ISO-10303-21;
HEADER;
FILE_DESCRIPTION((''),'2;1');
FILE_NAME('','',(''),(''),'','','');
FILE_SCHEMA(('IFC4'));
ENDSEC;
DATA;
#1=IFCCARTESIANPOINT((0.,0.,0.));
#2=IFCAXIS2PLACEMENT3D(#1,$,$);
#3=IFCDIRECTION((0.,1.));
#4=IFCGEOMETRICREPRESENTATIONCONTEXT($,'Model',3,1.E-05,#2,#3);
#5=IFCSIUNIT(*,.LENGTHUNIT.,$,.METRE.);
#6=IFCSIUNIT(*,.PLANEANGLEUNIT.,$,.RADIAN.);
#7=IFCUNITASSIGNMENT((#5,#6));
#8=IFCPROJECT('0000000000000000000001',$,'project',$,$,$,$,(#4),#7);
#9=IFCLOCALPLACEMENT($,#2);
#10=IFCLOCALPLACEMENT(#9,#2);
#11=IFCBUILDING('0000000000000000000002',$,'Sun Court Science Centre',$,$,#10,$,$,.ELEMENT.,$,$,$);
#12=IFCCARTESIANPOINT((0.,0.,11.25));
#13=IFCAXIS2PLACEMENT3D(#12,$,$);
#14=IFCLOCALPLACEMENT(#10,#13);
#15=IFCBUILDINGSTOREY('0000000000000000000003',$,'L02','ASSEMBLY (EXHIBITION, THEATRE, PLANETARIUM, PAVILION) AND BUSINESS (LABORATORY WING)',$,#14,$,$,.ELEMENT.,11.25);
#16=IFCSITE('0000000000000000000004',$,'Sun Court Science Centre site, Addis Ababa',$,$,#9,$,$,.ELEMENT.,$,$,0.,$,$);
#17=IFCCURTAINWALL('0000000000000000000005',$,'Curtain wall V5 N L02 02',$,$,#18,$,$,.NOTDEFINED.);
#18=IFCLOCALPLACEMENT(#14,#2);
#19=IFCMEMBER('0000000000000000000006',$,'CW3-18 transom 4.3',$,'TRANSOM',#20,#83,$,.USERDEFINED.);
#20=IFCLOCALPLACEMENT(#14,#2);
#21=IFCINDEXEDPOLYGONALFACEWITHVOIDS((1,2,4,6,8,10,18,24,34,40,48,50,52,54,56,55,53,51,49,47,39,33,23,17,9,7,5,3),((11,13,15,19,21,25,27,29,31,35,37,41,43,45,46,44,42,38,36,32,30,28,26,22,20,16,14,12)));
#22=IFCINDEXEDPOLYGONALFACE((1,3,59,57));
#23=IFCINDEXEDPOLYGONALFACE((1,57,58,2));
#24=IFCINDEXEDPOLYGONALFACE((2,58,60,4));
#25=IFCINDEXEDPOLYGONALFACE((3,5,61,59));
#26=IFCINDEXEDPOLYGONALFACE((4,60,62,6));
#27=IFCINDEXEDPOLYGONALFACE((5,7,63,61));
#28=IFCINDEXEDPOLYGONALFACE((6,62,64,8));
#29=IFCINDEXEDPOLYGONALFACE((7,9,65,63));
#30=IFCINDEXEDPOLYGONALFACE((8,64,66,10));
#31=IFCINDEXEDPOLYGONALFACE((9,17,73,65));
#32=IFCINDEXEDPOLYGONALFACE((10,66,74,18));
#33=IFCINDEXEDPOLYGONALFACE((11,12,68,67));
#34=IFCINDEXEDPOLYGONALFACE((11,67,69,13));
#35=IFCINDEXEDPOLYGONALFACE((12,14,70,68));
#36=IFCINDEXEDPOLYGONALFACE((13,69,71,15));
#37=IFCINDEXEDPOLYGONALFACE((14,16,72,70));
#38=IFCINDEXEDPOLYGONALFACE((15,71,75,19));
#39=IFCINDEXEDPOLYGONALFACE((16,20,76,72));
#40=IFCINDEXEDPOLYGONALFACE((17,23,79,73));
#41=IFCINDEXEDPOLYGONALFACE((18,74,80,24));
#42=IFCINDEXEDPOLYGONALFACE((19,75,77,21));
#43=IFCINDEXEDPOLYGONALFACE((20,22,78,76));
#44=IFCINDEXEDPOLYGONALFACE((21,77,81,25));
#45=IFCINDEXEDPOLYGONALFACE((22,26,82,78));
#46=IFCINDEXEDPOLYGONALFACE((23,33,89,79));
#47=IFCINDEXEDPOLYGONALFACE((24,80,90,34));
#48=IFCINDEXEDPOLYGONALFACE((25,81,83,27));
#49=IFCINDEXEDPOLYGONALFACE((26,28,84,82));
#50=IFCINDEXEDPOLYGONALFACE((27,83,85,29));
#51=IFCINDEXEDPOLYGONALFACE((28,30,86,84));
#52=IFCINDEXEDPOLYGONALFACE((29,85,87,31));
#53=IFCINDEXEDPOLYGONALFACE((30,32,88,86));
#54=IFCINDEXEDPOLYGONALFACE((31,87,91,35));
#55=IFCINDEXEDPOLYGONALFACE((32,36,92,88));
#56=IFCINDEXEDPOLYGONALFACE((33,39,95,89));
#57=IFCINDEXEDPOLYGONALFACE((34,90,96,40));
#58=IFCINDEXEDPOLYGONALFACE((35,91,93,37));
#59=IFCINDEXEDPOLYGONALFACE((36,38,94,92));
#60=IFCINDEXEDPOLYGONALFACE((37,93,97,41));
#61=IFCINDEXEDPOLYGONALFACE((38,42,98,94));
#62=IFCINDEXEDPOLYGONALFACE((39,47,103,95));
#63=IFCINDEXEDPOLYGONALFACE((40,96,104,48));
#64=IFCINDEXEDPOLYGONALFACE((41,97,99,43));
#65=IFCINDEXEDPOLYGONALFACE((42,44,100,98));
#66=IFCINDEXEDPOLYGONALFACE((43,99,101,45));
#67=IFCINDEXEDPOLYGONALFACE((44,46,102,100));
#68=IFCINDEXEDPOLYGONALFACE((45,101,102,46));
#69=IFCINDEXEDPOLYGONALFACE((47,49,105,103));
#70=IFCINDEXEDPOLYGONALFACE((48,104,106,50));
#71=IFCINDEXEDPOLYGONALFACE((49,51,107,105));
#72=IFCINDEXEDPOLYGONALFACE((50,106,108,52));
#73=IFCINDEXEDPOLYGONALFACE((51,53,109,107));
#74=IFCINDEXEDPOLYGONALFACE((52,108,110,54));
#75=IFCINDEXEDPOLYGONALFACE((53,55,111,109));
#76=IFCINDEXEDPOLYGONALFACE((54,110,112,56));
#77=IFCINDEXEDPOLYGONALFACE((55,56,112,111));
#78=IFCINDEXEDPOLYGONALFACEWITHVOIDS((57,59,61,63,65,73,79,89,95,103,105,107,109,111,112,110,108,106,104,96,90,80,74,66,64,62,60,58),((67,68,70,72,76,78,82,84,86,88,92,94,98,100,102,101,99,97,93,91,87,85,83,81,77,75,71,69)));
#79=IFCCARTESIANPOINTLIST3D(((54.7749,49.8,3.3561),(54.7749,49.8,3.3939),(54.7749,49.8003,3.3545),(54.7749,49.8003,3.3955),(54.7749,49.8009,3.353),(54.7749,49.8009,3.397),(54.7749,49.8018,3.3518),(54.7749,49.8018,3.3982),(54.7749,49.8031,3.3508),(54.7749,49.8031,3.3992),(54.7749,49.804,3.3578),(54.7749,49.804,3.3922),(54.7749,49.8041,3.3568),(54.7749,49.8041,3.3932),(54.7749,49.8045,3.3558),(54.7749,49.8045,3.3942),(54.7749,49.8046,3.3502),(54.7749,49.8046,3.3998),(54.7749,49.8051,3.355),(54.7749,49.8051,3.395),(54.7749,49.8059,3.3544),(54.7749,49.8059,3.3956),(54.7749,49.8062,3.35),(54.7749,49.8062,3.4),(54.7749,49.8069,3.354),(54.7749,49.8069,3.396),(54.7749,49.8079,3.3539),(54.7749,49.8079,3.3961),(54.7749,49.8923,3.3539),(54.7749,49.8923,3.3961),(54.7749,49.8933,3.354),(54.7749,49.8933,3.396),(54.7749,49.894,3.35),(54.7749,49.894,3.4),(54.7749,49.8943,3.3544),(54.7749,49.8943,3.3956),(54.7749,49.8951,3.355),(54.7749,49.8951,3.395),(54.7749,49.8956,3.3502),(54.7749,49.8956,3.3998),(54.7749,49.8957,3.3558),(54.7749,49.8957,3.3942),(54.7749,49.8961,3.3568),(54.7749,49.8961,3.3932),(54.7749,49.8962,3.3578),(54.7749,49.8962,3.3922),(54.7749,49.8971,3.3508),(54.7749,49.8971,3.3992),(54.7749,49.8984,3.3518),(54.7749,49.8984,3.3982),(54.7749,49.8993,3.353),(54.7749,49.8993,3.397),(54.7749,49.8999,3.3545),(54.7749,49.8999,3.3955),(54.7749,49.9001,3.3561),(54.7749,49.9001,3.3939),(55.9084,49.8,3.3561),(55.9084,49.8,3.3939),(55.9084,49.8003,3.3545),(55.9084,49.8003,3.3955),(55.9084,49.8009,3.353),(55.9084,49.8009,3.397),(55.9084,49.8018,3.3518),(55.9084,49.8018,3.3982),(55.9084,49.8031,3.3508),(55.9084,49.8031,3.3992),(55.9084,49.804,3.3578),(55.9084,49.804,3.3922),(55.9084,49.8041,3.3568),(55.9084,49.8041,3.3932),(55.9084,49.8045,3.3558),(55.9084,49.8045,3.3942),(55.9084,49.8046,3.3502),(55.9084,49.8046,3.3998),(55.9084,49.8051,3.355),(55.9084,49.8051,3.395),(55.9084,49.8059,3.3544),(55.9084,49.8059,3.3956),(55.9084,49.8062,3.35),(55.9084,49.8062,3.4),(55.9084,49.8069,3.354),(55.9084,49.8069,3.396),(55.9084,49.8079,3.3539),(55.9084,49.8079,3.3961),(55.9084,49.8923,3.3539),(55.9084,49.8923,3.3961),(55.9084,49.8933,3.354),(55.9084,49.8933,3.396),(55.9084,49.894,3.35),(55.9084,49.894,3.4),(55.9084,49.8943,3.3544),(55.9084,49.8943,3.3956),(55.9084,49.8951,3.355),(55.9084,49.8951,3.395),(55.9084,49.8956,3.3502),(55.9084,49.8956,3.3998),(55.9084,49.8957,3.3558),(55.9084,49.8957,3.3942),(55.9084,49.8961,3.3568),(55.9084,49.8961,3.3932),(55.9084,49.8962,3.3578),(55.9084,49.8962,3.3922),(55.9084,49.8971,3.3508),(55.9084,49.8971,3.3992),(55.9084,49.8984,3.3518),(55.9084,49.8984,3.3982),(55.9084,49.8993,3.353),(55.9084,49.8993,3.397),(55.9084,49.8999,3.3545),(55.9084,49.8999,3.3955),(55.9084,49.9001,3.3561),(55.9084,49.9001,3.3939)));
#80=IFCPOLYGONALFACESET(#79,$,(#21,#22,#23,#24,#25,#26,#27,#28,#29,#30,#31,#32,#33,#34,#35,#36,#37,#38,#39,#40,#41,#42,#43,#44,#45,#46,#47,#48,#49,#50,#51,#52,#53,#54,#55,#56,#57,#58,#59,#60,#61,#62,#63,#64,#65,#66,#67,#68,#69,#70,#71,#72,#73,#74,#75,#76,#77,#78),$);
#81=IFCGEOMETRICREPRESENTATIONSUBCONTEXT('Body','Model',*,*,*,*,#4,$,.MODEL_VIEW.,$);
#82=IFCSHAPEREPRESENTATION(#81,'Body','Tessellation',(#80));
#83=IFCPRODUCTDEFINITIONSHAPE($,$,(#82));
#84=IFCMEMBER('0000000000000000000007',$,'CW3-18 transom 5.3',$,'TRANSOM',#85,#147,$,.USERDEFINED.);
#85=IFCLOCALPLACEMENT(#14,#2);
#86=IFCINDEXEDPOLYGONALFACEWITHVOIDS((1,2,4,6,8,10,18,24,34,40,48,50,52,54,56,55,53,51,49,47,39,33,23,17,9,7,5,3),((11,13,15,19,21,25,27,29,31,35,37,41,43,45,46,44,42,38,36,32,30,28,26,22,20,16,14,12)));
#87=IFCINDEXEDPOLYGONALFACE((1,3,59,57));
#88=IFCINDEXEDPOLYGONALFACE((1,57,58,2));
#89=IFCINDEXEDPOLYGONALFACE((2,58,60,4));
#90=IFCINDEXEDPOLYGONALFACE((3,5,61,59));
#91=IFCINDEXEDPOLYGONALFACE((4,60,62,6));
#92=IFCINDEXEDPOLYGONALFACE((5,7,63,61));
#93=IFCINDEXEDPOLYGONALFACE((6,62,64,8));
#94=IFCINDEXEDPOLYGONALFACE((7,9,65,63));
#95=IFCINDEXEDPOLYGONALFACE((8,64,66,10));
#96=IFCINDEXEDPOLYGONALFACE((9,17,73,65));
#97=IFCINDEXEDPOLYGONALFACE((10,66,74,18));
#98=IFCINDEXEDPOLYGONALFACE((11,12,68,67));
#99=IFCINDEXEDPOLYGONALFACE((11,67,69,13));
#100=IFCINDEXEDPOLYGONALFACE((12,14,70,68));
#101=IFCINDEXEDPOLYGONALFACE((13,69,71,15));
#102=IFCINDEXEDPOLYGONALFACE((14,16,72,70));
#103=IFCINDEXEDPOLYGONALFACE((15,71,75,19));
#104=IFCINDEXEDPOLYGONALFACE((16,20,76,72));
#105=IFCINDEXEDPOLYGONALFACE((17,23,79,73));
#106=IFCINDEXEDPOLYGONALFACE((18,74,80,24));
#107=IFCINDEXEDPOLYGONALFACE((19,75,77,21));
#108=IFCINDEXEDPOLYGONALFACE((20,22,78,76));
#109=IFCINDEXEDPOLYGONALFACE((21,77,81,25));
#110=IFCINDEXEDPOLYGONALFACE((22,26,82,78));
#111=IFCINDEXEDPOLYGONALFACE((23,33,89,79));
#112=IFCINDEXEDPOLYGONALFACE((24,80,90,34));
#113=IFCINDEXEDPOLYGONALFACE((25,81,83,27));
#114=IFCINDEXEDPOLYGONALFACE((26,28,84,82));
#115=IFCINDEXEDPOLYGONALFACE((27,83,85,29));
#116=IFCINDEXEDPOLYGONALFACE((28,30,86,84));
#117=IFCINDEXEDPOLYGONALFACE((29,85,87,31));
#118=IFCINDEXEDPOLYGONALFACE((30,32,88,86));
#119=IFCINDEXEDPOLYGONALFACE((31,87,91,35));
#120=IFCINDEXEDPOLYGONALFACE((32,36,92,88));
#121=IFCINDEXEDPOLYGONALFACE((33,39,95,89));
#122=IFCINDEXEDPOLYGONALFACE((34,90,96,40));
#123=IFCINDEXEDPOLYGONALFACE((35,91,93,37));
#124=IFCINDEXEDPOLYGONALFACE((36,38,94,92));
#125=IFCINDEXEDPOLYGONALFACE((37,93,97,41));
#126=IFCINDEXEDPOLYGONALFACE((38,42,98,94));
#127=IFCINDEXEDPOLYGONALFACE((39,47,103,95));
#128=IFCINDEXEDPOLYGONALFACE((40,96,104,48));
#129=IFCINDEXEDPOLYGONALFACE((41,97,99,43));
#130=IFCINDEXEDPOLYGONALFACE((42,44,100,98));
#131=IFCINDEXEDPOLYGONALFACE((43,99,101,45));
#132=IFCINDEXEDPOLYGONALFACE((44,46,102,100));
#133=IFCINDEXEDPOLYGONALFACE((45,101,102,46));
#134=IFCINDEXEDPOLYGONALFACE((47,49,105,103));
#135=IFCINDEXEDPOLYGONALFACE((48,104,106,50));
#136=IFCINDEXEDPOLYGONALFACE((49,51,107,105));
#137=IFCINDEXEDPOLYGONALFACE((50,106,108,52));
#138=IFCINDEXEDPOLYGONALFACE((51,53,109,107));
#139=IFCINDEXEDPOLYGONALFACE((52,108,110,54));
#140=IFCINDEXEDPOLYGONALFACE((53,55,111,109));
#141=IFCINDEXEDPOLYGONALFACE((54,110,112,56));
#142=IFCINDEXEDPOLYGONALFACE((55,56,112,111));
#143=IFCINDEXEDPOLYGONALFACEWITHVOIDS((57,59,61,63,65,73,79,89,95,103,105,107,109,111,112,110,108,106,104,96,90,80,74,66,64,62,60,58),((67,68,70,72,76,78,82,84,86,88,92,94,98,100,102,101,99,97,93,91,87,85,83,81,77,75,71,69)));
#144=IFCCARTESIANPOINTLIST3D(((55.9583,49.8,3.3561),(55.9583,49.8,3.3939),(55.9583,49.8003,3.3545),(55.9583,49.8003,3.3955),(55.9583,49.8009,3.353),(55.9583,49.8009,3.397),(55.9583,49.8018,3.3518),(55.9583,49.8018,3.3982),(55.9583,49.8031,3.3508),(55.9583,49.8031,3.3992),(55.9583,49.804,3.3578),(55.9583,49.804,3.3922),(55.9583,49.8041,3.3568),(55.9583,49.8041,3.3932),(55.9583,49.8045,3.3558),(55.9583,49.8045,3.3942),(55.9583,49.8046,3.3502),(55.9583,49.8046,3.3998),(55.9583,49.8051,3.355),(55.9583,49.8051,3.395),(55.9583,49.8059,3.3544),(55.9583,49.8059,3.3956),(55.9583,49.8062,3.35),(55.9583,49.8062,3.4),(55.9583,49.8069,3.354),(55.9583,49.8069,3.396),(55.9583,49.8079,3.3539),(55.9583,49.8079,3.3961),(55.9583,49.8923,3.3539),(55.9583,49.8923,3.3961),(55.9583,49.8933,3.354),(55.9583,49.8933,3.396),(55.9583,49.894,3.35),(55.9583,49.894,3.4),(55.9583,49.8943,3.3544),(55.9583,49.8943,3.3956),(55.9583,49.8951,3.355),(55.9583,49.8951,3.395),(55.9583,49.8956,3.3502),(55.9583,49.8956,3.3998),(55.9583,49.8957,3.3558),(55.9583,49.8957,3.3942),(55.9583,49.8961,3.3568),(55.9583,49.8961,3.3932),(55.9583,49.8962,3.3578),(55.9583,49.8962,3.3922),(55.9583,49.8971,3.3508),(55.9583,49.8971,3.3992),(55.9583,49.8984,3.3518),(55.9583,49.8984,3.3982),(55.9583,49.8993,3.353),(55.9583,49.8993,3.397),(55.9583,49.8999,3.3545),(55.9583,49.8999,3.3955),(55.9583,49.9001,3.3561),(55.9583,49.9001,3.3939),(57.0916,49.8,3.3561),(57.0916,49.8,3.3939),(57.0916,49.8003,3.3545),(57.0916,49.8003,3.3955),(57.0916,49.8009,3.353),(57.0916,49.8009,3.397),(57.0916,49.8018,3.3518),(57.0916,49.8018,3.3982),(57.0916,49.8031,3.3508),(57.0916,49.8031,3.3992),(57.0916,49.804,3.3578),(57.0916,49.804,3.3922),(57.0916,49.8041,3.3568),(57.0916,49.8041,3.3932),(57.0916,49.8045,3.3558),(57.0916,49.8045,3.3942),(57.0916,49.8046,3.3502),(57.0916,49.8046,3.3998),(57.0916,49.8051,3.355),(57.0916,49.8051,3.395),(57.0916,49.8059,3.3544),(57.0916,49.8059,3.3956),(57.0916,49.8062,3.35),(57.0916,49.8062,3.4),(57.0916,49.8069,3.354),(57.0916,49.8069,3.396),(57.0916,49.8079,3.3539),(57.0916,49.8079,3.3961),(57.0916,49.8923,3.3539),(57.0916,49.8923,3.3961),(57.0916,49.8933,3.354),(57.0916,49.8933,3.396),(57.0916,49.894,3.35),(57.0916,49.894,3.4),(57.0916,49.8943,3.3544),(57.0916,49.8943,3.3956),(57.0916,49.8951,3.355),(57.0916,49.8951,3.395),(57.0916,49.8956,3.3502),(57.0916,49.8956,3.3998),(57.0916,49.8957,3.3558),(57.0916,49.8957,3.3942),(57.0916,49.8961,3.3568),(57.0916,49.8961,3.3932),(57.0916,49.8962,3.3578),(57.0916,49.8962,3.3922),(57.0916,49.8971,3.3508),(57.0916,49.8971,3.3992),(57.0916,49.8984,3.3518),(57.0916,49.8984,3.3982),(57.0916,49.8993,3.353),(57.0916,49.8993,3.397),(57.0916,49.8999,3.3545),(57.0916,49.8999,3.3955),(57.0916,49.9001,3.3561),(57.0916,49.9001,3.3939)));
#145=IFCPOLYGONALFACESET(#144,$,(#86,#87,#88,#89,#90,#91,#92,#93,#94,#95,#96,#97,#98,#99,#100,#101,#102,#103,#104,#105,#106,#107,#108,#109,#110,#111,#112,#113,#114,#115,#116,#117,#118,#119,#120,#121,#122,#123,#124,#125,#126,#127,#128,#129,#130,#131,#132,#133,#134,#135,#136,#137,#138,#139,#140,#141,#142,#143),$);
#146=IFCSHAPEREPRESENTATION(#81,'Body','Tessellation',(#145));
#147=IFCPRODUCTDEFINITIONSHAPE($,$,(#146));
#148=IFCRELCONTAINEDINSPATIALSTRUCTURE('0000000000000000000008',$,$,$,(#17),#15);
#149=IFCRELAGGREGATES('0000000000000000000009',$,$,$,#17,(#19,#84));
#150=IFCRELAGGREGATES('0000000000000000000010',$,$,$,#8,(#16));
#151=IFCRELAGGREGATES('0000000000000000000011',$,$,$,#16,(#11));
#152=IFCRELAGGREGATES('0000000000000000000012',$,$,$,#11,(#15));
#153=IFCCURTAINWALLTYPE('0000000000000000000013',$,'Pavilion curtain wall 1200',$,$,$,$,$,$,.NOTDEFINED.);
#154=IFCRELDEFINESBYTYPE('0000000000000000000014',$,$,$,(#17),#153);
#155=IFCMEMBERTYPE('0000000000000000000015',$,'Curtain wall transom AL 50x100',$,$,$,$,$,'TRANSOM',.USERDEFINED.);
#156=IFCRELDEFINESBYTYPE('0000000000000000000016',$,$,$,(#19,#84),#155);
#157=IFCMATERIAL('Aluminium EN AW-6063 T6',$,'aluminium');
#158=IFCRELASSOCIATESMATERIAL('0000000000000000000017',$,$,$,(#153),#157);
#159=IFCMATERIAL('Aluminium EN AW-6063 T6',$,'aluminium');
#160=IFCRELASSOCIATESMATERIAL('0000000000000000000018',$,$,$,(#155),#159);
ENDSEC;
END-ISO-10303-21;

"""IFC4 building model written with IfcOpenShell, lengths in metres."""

from ifc_helpers import new_model, si_unit, direction, frame, origin, origin_2d, place, context, subcontext, project, spatial, hollow_rectangle, extrude, material, material_profile, profile_set, type_object, element, aggregate, save


model = new_model("IFC4")

# Units and contexts
model_context = context("Model", 3, precision=1e-05, world=origin(), true_north=direction((0.0, 1.0)))
body_context = subcontext(model_context, "Body", "Model", "MODEL_VIEW")
ifc_project = project(units=[si_unit("LENGTHUNIT", "METRE"), si_unit("PLANEANGLEUNIT", "RADIAN")], contexts=[model_context])

# Site, building, storey
site_placement = place(None, origin())
site = spatial("IfcSite", under=ifc_project, at=site_placement, Name="Sun Court Science Centre site, Addis Ababa", CompositionType="ELEMENT", RefElevation=0.0)
building_placement = place(site_placement, origin())
building = spatial("IfcBuilding", under=site, at=building_placement, Name="Sun Court Science Centre", CompositionType="ELEMENT")
storey_placement = place(building_placement, frame((0.0, 0.0, 11.25)))
storey = spatial("IfcBuildingStorey", under=building, at=storey_placement, Name="L02", Description="ASSEMBLY (EXHIBITION, THEATRE, PLANETARIUM, PAVILION) AND BUSINESS (LABORATORY WING)", CompositionType="ELEMENT", Elevation=11.25)

# Curtain wall, members
ifc_material_1 = material(Name="Aluminium EN AW-6063 T6", Category="aluminium")
curtain_wall_type = type_object("IfcCurtainWallType", Name="Pavilion curtain wall 1200", PredefinedType="NOTDEFINED", material=ifc_material_1)
curtain_wall_placement = place(storey_placement, origin())
curtain_wall = element("IfcCurtainWall", 1, at=curtain_wall_placement, inside=storey, type_object=curtain_wall_type, Name="Curtain wall V5 N L02 02", PredefinedType="NOTDEFINED")
ifc_material_2 = material(Name="Aluminium EN AW-6063 T6", Category="aluminium")
ifc_material_profile_1 = material_profile(ifc_material_2, hollow_rectangle(XDim=0.05, YDim=0.1001, WallThickness=0.0039, InnerFilletRadius=0.0039, OuterFilletRadius=0.0061, at=origin_2d()), Name="AL 50x100x4")
ifc_profile_set_1 = profile_set([ifc_material_profile_1], Name="Aluminium EN AW-6063 T6")
member_type_1 = type_object("IfcMemberType", Name="Curtain wall transom AL 50x100", ElementType="TRANSOM", PredefinedType="USERDEFINED", material=ifc_profile_set_1)
member_1_placement = place(storey_placement, frame((54.7749, 49.8501, 3.375), z_axis=(1.0, 0.0, 0.0), x_axis=(0.0, 0.0, 1.0)))
member_1 = element("IfcMember", 2, at=member_1_placement, type_object=member_type_1, Name="CW3-18 transom 4.3", ObjectType="TRANSOM", PredefinedType="USERDEFINED", context=body_context, shape_type="SweptSolid", body=[
    extrude(hollow_rectangle(XDim=0.05, YDim=0.1001, WallThickness=0.0039, InnerFilletRadius=0.0039, OuterFilletRadius=0.0061, at=origin_2d()), origin(), (0.0, 0.0, 1.0), 1.1335),
])
member_2_placement = place(storey_placement, frame((55.9583, 49.8501, 3.375), z_axis=(1.0, 0.0, 0.0), x_axis=(0.0, 0.0, 1.0)))
member_2 = element("IfcMember", 3, at=member_2_placement, type_object=member_type_1, Name="CW3-18 transom 5.3", ObjectType="TRANSOM", PredefinedType="USERDEFINED", context=body_context, shape_type="SweptSolid", body=[
    extrude(hollow_rectangle(XDim=0.05, YDim=0.1001, WallThickness=0.0039, InnerFilletRadius=0.0039, OuterFilletRadius=0.0061, at=origin_2d()), origin(), (0.0, 0.0, 1.0), 1.1333),
])

aggregate(curtain_wall, [member_1, member_2])

save(model, "model.ifc")
